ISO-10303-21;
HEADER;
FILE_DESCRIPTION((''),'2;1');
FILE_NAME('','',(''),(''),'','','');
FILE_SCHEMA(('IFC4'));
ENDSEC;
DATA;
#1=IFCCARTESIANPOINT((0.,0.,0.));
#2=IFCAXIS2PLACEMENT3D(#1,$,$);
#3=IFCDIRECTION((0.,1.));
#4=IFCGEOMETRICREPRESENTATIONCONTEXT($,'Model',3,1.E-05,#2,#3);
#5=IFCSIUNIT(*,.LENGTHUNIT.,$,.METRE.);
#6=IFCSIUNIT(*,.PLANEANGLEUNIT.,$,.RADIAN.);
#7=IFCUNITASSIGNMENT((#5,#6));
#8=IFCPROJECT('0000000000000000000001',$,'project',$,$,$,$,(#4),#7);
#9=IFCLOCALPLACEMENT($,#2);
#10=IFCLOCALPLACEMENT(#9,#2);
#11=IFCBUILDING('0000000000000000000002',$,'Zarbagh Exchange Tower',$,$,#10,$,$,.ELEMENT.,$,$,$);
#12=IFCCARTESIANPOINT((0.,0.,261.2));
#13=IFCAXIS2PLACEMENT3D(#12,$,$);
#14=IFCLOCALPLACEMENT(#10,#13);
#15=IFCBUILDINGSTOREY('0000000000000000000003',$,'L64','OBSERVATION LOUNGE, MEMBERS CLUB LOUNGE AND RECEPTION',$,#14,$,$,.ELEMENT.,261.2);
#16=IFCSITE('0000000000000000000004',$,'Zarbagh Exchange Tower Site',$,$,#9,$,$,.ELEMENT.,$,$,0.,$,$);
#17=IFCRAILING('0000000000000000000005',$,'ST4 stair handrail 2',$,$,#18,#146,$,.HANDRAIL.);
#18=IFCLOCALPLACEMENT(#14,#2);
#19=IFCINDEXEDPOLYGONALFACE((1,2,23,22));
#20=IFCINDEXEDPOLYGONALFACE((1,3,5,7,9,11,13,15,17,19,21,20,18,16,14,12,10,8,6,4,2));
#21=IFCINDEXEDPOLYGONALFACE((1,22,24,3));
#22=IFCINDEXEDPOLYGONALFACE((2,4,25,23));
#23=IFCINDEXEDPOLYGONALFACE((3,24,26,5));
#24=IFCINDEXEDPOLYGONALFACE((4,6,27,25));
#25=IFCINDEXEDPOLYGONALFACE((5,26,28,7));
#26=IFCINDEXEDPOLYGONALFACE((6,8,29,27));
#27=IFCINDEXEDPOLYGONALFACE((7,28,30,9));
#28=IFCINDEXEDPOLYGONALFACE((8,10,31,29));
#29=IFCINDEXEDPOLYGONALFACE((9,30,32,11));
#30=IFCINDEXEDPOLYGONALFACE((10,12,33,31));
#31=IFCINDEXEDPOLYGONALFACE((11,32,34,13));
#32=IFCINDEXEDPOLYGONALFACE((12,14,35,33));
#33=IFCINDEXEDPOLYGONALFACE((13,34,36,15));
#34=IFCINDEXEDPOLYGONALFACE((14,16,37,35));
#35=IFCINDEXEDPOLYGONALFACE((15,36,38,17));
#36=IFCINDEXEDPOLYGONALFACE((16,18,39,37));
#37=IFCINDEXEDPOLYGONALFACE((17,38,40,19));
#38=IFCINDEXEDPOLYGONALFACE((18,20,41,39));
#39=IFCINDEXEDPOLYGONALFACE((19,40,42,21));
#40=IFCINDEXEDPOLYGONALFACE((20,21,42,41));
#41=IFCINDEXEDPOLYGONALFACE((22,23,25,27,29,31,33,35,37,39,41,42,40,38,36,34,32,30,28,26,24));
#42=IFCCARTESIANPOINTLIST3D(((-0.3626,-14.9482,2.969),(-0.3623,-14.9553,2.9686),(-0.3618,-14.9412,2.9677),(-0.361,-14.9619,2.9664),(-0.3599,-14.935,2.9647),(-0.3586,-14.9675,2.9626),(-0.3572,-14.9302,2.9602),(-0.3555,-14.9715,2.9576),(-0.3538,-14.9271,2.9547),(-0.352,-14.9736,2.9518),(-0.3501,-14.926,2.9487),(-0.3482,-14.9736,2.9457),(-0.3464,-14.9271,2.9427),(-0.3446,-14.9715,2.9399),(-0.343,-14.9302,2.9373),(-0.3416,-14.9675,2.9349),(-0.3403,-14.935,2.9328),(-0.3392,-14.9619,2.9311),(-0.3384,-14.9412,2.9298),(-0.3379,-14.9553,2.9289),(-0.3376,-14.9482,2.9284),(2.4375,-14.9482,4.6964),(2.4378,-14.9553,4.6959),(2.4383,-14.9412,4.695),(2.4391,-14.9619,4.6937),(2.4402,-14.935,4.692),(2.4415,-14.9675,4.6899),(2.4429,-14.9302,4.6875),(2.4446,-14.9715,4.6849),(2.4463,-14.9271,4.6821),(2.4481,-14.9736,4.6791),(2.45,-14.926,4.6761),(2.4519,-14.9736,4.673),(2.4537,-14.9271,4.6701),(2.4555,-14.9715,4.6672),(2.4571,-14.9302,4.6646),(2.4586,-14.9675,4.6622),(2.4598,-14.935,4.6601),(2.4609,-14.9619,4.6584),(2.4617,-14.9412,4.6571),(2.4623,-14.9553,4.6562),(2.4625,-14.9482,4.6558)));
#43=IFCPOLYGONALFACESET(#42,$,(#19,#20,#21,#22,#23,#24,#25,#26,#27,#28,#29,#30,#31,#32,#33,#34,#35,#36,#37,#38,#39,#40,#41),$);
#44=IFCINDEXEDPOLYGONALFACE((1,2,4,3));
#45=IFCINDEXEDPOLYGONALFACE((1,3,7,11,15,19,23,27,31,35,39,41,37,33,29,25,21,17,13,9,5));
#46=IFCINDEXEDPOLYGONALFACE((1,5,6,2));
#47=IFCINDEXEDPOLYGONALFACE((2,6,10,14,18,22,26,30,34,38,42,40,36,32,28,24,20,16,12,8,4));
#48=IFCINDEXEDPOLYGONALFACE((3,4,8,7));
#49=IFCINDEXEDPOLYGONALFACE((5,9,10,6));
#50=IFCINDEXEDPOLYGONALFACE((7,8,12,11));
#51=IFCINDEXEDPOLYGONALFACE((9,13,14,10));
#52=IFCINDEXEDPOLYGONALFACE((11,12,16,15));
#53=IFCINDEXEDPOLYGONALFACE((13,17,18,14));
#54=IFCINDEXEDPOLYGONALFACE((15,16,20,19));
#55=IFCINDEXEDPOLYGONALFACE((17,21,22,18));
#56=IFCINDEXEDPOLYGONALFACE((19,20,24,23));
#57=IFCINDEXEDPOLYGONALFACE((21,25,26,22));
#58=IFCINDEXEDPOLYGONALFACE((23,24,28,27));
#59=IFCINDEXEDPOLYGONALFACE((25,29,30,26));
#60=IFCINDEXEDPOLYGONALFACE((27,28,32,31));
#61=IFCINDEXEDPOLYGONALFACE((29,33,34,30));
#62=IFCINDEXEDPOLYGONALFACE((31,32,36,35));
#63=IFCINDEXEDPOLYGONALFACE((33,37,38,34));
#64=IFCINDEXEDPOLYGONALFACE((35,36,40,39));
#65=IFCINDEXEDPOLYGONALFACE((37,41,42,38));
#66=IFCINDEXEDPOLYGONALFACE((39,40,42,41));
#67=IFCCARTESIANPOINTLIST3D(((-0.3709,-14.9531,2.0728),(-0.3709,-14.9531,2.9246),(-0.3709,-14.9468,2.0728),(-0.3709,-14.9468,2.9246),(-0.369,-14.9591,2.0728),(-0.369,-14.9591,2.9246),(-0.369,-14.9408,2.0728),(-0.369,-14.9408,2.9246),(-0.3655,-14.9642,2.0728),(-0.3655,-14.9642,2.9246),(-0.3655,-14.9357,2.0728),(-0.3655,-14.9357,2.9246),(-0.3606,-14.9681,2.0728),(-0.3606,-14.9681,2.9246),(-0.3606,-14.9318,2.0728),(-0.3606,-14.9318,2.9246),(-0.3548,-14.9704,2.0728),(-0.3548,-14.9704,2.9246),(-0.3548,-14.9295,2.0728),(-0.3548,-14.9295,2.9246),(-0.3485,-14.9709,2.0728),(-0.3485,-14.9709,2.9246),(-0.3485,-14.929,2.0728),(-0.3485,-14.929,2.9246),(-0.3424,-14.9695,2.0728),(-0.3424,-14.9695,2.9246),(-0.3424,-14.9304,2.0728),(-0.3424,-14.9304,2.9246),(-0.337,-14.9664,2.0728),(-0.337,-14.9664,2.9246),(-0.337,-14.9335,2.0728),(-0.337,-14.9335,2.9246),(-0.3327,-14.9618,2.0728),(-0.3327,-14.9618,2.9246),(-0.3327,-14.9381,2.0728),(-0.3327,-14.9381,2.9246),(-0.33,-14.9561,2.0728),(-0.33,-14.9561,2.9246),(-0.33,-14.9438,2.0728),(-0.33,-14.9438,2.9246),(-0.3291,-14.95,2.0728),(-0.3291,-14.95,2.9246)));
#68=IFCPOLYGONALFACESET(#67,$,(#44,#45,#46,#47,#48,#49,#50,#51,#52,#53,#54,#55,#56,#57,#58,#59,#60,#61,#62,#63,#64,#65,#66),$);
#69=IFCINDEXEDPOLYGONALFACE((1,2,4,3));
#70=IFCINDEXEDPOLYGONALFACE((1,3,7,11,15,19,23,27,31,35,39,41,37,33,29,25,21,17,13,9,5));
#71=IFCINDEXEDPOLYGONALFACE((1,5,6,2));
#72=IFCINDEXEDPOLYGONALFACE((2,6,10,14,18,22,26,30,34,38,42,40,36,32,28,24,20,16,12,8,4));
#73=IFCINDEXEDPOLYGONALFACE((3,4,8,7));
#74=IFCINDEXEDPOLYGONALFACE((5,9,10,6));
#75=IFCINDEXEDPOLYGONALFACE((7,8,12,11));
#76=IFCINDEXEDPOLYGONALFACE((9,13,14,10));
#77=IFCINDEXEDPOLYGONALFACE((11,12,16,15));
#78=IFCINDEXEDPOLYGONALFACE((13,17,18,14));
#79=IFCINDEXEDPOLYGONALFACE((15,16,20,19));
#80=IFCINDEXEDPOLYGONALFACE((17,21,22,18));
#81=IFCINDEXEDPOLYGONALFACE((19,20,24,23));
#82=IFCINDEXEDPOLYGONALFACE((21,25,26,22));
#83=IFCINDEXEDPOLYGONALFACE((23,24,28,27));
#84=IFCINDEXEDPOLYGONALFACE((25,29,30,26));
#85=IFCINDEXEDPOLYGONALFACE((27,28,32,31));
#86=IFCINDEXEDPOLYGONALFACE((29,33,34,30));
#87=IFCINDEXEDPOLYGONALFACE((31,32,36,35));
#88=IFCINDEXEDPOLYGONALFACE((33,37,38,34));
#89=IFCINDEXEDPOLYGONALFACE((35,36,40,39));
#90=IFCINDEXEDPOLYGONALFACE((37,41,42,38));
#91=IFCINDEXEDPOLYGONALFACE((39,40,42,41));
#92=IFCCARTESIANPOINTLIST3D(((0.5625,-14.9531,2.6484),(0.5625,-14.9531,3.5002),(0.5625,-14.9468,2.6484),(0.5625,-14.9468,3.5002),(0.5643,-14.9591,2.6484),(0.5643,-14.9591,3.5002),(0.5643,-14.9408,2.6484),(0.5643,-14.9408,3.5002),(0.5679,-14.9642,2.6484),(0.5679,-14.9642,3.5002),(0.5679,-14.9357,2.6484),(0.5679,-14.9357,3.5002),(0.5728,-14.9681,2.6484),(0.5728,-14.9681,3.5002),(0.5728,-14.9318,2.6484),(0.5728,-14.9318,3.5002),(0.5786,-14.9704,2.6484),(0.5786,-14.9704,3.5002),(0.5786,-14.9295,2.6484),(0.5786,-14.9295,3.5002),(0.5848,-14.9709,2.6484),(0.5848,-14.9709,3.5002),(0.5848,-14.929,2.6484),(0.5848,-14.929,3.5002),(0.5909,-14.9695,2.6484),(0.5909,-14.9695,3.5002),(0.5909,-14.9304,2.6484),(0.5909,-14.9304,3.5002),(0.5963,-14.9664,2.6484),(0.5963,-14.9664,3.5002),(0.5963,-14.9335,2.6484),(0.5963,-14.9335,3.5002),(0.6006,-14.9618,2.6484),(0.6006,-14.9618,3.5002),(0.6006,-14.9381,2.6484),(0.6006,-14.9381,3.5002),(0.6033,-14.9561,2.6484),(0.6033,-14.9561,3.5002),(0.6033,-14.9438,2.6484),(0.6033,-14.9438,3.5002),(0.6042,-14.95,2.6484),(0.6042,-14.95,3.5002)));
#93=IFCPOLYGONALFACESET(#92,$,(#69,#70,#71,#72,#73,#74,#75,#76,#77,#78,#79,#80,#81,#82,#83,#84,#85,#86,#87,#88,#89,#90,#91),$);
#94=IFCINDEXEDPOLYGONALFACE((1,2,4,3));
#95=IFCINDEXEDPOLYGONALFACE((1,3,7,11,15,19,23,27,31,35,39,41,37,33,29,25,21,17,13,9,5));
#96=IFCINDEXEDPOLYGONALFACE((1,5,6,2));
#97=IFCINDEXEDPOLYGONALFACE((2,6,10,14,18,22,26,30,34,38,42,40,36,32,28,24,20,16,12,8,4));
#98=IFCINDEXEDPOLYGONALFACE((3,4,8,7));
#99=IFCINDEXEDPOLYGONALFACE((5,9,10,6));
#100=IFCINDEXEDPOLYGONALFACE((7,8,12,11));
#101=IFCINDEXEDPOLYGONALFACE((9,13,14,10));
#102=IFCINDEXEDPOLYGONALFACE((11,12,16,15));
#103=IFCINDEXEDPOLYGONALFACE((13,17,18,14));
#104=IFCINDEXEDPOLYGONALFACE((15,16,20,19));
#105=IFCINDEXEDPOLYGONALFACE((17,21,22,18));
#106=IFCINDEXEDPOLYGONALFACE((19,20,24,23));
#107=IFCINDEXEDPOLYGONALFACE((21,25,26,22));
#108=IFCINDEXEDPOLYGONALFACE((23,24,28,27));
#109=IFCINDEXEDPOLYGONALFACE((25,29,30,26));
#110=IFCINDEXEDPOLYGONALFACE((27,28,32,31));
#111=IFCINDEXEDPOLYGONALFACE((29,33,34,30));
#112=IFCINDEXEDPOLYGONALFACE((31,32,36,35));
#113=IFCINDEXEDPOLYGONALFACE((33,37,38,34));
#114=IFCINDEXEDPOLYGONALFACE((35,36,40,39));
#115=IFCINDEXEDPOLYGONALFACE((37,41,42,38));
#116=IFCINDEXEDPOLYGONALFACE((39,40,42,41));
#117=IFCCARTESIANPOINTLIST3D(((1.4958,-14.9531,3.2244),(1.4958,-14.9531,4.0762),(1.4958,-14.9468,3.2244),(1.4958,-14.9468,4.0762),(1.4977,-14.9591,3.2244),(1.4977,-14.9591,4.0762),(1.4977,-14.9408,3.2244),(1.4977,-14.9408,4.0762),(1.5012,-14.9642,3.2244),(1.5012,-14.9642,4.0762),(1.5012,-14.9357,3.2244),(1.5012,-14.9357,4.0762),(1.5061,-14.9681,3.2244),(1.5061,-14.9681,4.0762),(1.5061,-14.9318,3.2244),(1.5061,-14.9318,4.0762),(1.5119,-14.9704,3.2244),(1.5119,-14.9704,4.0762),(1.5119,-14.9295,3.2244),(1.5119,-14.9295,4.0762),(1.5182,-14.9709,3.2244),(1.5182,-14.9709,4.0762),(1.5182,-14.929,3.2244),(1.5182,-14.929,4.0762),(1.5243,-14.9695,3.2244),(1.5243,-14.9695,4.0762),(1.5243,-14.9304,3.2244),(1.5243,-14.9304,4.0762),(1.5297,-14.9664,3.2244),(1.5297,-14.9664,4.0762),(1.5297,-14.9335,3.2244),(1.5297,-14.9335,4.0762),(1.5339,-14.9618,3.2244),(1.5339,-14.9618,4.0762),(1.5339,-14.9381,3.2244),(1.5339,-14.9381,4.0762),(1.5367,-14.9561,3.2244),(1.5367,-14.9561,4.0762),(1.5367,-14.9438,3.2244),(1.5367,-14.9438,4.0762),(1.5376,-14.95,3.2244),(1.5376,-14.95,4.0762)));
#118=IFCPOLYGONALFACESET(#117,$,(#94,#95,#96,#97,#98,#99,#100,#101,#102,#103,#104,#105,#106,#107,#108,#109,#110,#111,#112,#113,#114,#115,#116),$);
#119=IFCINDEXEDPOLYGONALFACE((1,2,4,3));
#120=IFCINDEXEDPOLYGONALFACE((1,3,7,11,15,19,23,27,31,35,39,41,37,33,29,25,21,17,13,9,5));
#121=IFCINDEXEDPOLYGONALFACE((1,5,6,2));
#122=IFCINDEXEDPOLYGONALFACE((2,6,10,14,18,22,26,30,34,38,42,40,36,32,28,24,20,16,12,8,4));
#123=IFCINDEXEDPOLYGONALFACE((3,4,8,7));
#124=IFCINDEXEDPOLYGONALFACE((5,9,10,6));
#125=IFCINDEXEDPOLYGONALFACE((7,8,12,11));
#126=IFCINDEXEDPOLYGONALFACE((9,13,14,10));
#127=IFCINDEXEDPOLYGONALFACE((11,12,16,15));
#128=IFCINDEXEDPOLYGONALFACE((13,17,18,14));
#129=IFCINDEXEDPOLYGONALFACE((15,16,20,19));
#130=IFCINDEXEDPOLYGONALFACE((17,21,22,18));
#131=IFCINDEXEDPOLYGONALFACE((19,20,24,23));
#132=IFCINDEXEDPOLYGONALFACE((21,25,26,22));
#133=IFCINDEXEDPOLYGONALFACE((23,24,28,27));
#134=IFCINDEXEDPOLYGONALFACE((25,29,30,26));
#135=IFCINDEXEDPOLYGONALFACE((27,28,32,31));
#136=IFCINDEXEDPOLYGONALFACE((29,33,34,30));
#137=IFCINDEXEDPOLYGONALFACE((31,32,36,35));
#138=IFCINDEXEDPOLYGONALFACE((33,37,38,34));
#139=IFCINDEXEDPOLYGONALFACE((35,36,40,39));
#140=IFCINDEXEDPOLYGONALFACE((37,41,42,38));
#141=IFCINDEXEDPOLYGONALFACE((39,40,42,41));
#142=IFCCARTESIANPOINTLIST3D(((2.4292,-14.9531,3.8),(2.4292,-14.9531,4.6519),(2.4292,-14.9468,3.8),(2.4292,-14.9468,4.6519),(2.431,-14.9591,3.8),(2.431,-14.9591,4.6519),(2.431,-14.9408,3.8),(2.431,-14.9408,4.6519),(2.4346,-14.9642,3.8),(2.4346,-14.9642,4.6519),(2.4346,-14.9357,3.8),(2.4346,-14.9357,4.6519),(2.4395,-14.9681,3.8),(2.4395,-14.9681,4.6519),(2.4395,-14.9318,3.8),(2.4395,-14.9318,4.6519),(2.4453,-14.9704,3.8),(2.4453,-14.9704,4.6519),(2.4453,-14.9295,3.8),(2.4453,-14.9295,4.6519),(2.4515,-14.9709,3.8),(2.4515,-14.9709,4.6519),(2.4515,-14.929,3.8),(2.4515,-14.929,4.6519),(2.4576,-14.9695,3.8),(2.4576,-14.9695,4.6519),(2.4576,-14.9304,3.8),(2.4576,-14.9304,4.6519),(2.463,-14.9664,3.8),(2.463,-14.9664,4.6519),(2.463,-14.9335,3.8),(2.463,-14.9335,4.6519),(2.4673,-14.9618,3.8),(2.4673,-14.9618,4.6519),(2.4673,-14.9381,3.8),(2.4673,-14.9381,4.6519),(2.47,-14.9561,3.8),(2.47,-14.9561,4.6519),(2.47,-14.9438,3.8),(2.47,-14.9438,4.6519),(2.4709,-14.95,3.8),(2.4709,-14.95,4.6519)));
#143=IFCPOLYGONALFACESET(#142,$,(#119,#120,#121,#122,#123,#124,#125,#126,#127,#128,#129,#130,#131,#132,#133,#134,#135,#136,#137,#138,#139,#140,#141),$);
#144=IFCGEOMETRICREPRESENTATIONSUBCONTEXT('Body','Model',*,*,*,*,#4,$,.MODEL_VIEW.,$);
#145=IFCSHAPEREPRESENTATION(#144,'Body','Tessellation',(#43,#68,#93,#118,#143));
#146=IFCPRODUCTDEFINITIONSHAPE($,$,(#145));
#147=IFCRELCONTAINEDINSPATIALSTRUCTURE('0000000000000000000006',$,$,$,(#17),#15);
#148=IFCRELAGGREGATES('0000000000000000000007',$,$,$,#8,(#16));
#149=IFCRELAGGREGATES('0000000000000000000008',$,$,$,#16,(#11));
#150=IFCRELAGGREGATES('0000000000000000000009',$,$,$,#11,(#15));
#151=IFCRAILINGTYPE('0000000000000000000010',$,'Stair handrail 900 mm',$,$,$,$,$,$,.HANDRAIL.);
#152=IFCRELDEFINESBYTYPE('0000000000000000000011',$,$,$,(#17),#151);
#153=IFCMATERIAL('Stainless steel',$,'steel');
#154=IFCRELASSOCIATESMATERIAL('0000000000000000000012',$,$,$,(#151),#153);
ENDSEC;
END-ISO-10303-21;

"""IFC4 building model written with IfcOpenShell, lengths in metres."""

from ifc_helpers import new_model, si_unit, direction, frame, origin, origin_2d, place, context, subcontext, project, spatial, circle, extrude, material, type_object, element, save


model = new_model("IFC4")

# Units and contexts
model_context = context("Model", 3, precision=1e-05, world=origin(), true_north=direction((0.0, 1.0)))
body_context = subcontext(model_context, "Body", "Model", "MODEL_VIEW")
ifc_project = project(units=[si_unit("LENGTHUNIT", "METRE"), si_unit("PLANEANGLEUNIT", "RADIAN")], contexts=[model_context])

# Site, building, storey
site_placement = place(None, origin())
site = spatial("IfcSite", under=ifc_project, at=site_placement, Name="Zarbagh Exchange Tower Site", CompositionType="ELEMENT", RefElevation=0.0)
building_placement = place(site_placement, origin())
building = spatial("IfcBuilding", under=site, at=building_placement, Name="Zarbagh Exchange Tower", CompositionType="ELEMENT")
storey_placement = place(building_placement, frame((0.0, 0.0, 261.2)))
storey = spatial("IfcBuildingStorey", under=building, at=storey_placement, Name="L64", Description="OBSERVATION LOUNGE, MEMBERS CLUB LOUNGE AND RECEPTION", CompositionType="ELEMENT", Elevation=261.2)

# Shared definitions
ifc_material_1 = material(Name="Stainless steel", Category="steel")

# Railing
railing_type_1 = type_object("IfcRailingType", Name="Stair handrail 900 mm", PredefinedType="HANDRAIL", material=ifc_material_1)
railing_1_placement = place(storey_placement, frame((-0.3501, -14.95, 2.0728)))
element("IfcRailing", 1, at=railing_1_placement, inside=storey, type_object=railing_type_1, Name="ST4 stair handrail 2", PredefinedType="HANDRAIL", context=body_context, shape_type="SweptSolid", body=[
    extrude(circle(Radius=0.0239, at=origin_2d()), frame((0.0, 0.0, 0.876), z_axis=(0.85109, 0.0, 0.52502), x_axis=(0.0, 1.0, 0.0)), (0.0, 0.0, 1.0), 3.29),
    extrude(circle(Radius=0.021, at=origin_2d()), origin(), (0.0, 0.0, 1.0), 0.8518),
    extrude(circle(Radius=0.021, at=origin_2d()), frame((0.9333, 0.0, 0.5757)), (0.0, 0.0, 1.0), 0.8518),
    extrude(circle(Radius=0.021, at=origin_2d()), frame((1.8667, 0.0, 1.1516)), (0.0, 0.0, 1.0), 0.8518),
    extrude(circle(Radius=0.021, at=origin_2d()), frame((2.8, 0.0, 1.7273)), (0.0, 0.0, 1.0), 0.8518),
])

save(model, "model.ifc")
